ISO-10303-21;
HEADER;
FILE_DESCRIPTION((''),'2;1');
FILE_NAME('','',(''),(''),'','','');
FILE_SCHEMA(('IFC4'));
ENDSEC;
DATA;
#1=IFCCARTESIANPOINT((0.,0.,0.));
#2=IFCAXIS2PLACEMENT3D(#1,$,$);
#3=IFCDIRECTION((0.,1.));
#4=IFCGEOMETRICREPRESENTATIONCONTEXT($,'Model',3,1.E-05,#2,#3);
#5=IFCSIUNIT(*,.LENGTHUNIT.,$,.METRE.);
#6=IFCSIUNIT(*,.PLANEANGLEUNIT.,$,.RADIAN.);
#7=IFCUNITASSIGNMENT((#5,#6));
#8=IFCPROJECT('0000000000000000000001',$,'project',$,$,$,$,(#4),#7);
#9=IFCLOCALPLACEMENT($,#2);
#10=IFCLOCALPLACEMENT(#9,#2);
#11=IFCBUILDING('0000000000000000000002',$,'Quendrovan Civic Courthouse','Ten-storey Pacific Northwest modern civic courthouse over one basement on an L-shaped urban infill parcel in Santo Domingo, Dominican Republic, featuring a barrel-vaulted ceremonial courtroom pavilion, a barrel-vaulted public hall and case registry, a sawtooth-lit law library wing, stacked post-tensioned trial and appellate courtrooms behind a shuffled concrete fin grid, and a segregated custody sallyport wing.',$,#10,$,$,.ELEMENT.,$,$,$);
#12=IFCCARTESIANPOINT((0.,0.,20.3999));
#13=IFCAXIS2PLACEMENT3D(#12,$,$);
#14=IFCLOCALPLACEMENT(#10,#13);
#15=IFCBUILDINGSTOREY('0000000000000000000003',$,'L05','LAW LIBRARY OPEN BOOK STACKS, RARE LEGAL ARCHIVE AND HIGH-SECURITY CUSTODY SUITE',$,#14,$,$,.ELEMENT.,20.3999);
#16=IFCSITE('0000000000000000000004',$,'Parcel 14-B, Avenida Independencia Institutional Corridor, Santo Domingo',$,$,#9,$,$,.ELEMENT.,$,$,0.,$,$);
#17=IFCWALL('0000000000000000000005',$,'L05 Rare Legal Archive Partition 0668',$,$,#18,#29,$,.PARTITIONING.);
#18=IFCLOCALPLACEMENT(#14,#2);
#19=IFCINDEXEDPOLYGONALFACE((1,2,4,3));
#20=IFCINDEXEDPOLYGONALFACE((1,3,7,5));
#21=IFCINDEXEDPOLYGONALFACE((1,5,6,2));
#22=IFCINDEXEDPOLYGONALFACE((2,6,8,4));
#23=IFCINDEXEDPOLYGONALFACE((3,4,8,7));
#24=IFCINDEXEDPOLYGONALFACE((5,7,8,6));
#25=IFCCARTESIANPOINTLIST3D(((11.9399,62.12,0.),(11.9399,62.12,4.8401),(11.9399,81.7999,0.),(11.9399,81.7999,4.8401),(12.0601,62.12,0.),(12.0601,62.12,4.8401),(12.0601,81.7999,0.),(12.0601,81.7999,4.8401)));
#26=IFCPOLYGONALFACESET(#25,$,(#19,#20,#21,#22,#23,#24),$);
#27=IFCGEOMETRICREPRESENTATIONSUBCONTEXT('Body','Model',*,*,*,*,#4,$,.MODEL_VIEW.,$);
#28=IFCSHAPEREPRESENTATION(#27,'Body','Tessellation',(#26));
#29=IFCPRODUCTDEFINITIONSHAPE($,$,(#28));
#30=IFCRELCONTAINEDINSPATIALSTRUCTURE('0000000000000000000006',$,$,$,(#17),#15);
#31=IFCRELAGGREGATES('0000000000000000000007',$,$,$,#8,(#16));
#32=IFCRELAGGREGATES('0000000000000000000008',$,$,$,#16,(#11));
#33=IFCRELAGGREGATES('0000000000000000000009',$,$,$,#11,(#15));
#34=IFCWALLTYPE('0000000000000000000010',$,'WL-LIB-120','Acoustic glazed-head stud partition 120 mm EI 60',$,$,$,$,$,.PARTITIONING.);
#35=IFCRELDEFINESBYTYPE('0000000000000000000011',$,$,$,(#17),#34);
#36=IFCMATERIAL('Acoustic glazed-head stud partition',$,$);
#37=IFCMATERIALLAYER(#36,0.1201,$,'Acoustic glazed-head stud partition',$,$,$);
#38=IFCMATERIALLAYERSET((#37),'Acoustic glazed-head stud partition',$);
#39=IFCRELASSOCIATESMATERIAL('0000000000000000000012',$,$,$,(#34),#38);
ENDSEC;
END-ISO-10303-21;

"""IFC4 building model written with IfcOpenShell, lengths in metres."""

from ifc_helpers import new_model, si_unit, direction, frame, frame_2d, origin, place, context, subcontext, project, spatial, rectangle, extrude, material, layer, layer_set, type_object, element, save


model = new_model("IFC4")

# Units and contexts
model_context = context("Model", 3, precision=1e-05, world=origin(), true_north=direction((0.0, 1.0)))
body_context = subcontext(model_context, "Body", "Model", "MODEL_VIEW")
ifc_project = project(units=[si_unit("LENGTHUNIT", "METRE"), si_unit("PLANEANGLEUNIT", "RADIAN")], contexts=[model_context])

# Site, building, storey
site_placement = place(None, origin())
site = spatial("IfcSite", under=ifc_project, at=site_placement, Name="Parcel 14-B, Avenida Independencia Institutional Corridor, Santo Domingo", CompositionType="ELEMENT", RefElevation=0.0)
building_placement = place(site_placement, origin())
building = spatial("IfcBuilding", under=site, at=building_placement, Name="Quendrovan Civic Courthouse", Description="Ten-storey Pacific Northwest modern civic courthouse over one basement on an L-shaped urban infill parcel in Santo Domingo, Dominican Republic, featuring a barrel-vaulted ceremonial courtroom pavilion, a barrel-vaulted public hall and case registry, a sawtooth-lit law library wing, stacked post-tensioned trial and appellate courtrooms behind a shuffled concrete fin grid, and a segregated custody sallyport wing.", CompositionType="ELEMENT")
storey_placement = place(building_placement, frame((0.0, 0.0, 20.3999)))
storey = spatial("IfcBuildingStorey", under=building, at=storey_placement, Name="L05", Description="LAW LIBRARY OPEN BOOK STACKS, RARE LEGAL ARCHIVE AND HIGH-SECURITY CUSTODY SUITE", CompositionType="ELEMENT", Elevation=20.3999)

# Wall
ifc_material_1 = material(Name="Acoustic glazed-head stud partition")
ifc_layer_1 = layer(ifc_material_1, 0.1201, Name="Acoustic glazed-head stud partition")
ifc_layer_set_1 = layer_set([ifc_layer_1], Name="Acoustic glazed-head stud partition")
wall_type_1 = type_object("IfcWallType", Name="WL-LIB-120", Description="Acoustic glazed-head stud partition 120 mm EI 60", PredefinedType="PARTITIONING", material=ifc_layer_set_1)
wall_1_placement = place(storey_placement, frame((12.0, 62.1201, 0.0), z_axis=(0.0, 0.0, 1.0), x_axis=(0.0, 1.0, 0.0)))
element("IfcWall", 1, at=wall_1_placement, inside=storey, type_object=wall_type_1, Name="L05 Rare Legal Archive Partition 0668", PredefinedType="PARTITIONING", context=body_context, shape_type="SweptSolid", body=[
    extrude(rectangle(XDim=19.6799, YDim=0.1201, at=frame_2d((9.8398, 0.0))), origin(), (0.0, 0.0, 1.0), 4.8401),
])

save(model, "model.ifc")
